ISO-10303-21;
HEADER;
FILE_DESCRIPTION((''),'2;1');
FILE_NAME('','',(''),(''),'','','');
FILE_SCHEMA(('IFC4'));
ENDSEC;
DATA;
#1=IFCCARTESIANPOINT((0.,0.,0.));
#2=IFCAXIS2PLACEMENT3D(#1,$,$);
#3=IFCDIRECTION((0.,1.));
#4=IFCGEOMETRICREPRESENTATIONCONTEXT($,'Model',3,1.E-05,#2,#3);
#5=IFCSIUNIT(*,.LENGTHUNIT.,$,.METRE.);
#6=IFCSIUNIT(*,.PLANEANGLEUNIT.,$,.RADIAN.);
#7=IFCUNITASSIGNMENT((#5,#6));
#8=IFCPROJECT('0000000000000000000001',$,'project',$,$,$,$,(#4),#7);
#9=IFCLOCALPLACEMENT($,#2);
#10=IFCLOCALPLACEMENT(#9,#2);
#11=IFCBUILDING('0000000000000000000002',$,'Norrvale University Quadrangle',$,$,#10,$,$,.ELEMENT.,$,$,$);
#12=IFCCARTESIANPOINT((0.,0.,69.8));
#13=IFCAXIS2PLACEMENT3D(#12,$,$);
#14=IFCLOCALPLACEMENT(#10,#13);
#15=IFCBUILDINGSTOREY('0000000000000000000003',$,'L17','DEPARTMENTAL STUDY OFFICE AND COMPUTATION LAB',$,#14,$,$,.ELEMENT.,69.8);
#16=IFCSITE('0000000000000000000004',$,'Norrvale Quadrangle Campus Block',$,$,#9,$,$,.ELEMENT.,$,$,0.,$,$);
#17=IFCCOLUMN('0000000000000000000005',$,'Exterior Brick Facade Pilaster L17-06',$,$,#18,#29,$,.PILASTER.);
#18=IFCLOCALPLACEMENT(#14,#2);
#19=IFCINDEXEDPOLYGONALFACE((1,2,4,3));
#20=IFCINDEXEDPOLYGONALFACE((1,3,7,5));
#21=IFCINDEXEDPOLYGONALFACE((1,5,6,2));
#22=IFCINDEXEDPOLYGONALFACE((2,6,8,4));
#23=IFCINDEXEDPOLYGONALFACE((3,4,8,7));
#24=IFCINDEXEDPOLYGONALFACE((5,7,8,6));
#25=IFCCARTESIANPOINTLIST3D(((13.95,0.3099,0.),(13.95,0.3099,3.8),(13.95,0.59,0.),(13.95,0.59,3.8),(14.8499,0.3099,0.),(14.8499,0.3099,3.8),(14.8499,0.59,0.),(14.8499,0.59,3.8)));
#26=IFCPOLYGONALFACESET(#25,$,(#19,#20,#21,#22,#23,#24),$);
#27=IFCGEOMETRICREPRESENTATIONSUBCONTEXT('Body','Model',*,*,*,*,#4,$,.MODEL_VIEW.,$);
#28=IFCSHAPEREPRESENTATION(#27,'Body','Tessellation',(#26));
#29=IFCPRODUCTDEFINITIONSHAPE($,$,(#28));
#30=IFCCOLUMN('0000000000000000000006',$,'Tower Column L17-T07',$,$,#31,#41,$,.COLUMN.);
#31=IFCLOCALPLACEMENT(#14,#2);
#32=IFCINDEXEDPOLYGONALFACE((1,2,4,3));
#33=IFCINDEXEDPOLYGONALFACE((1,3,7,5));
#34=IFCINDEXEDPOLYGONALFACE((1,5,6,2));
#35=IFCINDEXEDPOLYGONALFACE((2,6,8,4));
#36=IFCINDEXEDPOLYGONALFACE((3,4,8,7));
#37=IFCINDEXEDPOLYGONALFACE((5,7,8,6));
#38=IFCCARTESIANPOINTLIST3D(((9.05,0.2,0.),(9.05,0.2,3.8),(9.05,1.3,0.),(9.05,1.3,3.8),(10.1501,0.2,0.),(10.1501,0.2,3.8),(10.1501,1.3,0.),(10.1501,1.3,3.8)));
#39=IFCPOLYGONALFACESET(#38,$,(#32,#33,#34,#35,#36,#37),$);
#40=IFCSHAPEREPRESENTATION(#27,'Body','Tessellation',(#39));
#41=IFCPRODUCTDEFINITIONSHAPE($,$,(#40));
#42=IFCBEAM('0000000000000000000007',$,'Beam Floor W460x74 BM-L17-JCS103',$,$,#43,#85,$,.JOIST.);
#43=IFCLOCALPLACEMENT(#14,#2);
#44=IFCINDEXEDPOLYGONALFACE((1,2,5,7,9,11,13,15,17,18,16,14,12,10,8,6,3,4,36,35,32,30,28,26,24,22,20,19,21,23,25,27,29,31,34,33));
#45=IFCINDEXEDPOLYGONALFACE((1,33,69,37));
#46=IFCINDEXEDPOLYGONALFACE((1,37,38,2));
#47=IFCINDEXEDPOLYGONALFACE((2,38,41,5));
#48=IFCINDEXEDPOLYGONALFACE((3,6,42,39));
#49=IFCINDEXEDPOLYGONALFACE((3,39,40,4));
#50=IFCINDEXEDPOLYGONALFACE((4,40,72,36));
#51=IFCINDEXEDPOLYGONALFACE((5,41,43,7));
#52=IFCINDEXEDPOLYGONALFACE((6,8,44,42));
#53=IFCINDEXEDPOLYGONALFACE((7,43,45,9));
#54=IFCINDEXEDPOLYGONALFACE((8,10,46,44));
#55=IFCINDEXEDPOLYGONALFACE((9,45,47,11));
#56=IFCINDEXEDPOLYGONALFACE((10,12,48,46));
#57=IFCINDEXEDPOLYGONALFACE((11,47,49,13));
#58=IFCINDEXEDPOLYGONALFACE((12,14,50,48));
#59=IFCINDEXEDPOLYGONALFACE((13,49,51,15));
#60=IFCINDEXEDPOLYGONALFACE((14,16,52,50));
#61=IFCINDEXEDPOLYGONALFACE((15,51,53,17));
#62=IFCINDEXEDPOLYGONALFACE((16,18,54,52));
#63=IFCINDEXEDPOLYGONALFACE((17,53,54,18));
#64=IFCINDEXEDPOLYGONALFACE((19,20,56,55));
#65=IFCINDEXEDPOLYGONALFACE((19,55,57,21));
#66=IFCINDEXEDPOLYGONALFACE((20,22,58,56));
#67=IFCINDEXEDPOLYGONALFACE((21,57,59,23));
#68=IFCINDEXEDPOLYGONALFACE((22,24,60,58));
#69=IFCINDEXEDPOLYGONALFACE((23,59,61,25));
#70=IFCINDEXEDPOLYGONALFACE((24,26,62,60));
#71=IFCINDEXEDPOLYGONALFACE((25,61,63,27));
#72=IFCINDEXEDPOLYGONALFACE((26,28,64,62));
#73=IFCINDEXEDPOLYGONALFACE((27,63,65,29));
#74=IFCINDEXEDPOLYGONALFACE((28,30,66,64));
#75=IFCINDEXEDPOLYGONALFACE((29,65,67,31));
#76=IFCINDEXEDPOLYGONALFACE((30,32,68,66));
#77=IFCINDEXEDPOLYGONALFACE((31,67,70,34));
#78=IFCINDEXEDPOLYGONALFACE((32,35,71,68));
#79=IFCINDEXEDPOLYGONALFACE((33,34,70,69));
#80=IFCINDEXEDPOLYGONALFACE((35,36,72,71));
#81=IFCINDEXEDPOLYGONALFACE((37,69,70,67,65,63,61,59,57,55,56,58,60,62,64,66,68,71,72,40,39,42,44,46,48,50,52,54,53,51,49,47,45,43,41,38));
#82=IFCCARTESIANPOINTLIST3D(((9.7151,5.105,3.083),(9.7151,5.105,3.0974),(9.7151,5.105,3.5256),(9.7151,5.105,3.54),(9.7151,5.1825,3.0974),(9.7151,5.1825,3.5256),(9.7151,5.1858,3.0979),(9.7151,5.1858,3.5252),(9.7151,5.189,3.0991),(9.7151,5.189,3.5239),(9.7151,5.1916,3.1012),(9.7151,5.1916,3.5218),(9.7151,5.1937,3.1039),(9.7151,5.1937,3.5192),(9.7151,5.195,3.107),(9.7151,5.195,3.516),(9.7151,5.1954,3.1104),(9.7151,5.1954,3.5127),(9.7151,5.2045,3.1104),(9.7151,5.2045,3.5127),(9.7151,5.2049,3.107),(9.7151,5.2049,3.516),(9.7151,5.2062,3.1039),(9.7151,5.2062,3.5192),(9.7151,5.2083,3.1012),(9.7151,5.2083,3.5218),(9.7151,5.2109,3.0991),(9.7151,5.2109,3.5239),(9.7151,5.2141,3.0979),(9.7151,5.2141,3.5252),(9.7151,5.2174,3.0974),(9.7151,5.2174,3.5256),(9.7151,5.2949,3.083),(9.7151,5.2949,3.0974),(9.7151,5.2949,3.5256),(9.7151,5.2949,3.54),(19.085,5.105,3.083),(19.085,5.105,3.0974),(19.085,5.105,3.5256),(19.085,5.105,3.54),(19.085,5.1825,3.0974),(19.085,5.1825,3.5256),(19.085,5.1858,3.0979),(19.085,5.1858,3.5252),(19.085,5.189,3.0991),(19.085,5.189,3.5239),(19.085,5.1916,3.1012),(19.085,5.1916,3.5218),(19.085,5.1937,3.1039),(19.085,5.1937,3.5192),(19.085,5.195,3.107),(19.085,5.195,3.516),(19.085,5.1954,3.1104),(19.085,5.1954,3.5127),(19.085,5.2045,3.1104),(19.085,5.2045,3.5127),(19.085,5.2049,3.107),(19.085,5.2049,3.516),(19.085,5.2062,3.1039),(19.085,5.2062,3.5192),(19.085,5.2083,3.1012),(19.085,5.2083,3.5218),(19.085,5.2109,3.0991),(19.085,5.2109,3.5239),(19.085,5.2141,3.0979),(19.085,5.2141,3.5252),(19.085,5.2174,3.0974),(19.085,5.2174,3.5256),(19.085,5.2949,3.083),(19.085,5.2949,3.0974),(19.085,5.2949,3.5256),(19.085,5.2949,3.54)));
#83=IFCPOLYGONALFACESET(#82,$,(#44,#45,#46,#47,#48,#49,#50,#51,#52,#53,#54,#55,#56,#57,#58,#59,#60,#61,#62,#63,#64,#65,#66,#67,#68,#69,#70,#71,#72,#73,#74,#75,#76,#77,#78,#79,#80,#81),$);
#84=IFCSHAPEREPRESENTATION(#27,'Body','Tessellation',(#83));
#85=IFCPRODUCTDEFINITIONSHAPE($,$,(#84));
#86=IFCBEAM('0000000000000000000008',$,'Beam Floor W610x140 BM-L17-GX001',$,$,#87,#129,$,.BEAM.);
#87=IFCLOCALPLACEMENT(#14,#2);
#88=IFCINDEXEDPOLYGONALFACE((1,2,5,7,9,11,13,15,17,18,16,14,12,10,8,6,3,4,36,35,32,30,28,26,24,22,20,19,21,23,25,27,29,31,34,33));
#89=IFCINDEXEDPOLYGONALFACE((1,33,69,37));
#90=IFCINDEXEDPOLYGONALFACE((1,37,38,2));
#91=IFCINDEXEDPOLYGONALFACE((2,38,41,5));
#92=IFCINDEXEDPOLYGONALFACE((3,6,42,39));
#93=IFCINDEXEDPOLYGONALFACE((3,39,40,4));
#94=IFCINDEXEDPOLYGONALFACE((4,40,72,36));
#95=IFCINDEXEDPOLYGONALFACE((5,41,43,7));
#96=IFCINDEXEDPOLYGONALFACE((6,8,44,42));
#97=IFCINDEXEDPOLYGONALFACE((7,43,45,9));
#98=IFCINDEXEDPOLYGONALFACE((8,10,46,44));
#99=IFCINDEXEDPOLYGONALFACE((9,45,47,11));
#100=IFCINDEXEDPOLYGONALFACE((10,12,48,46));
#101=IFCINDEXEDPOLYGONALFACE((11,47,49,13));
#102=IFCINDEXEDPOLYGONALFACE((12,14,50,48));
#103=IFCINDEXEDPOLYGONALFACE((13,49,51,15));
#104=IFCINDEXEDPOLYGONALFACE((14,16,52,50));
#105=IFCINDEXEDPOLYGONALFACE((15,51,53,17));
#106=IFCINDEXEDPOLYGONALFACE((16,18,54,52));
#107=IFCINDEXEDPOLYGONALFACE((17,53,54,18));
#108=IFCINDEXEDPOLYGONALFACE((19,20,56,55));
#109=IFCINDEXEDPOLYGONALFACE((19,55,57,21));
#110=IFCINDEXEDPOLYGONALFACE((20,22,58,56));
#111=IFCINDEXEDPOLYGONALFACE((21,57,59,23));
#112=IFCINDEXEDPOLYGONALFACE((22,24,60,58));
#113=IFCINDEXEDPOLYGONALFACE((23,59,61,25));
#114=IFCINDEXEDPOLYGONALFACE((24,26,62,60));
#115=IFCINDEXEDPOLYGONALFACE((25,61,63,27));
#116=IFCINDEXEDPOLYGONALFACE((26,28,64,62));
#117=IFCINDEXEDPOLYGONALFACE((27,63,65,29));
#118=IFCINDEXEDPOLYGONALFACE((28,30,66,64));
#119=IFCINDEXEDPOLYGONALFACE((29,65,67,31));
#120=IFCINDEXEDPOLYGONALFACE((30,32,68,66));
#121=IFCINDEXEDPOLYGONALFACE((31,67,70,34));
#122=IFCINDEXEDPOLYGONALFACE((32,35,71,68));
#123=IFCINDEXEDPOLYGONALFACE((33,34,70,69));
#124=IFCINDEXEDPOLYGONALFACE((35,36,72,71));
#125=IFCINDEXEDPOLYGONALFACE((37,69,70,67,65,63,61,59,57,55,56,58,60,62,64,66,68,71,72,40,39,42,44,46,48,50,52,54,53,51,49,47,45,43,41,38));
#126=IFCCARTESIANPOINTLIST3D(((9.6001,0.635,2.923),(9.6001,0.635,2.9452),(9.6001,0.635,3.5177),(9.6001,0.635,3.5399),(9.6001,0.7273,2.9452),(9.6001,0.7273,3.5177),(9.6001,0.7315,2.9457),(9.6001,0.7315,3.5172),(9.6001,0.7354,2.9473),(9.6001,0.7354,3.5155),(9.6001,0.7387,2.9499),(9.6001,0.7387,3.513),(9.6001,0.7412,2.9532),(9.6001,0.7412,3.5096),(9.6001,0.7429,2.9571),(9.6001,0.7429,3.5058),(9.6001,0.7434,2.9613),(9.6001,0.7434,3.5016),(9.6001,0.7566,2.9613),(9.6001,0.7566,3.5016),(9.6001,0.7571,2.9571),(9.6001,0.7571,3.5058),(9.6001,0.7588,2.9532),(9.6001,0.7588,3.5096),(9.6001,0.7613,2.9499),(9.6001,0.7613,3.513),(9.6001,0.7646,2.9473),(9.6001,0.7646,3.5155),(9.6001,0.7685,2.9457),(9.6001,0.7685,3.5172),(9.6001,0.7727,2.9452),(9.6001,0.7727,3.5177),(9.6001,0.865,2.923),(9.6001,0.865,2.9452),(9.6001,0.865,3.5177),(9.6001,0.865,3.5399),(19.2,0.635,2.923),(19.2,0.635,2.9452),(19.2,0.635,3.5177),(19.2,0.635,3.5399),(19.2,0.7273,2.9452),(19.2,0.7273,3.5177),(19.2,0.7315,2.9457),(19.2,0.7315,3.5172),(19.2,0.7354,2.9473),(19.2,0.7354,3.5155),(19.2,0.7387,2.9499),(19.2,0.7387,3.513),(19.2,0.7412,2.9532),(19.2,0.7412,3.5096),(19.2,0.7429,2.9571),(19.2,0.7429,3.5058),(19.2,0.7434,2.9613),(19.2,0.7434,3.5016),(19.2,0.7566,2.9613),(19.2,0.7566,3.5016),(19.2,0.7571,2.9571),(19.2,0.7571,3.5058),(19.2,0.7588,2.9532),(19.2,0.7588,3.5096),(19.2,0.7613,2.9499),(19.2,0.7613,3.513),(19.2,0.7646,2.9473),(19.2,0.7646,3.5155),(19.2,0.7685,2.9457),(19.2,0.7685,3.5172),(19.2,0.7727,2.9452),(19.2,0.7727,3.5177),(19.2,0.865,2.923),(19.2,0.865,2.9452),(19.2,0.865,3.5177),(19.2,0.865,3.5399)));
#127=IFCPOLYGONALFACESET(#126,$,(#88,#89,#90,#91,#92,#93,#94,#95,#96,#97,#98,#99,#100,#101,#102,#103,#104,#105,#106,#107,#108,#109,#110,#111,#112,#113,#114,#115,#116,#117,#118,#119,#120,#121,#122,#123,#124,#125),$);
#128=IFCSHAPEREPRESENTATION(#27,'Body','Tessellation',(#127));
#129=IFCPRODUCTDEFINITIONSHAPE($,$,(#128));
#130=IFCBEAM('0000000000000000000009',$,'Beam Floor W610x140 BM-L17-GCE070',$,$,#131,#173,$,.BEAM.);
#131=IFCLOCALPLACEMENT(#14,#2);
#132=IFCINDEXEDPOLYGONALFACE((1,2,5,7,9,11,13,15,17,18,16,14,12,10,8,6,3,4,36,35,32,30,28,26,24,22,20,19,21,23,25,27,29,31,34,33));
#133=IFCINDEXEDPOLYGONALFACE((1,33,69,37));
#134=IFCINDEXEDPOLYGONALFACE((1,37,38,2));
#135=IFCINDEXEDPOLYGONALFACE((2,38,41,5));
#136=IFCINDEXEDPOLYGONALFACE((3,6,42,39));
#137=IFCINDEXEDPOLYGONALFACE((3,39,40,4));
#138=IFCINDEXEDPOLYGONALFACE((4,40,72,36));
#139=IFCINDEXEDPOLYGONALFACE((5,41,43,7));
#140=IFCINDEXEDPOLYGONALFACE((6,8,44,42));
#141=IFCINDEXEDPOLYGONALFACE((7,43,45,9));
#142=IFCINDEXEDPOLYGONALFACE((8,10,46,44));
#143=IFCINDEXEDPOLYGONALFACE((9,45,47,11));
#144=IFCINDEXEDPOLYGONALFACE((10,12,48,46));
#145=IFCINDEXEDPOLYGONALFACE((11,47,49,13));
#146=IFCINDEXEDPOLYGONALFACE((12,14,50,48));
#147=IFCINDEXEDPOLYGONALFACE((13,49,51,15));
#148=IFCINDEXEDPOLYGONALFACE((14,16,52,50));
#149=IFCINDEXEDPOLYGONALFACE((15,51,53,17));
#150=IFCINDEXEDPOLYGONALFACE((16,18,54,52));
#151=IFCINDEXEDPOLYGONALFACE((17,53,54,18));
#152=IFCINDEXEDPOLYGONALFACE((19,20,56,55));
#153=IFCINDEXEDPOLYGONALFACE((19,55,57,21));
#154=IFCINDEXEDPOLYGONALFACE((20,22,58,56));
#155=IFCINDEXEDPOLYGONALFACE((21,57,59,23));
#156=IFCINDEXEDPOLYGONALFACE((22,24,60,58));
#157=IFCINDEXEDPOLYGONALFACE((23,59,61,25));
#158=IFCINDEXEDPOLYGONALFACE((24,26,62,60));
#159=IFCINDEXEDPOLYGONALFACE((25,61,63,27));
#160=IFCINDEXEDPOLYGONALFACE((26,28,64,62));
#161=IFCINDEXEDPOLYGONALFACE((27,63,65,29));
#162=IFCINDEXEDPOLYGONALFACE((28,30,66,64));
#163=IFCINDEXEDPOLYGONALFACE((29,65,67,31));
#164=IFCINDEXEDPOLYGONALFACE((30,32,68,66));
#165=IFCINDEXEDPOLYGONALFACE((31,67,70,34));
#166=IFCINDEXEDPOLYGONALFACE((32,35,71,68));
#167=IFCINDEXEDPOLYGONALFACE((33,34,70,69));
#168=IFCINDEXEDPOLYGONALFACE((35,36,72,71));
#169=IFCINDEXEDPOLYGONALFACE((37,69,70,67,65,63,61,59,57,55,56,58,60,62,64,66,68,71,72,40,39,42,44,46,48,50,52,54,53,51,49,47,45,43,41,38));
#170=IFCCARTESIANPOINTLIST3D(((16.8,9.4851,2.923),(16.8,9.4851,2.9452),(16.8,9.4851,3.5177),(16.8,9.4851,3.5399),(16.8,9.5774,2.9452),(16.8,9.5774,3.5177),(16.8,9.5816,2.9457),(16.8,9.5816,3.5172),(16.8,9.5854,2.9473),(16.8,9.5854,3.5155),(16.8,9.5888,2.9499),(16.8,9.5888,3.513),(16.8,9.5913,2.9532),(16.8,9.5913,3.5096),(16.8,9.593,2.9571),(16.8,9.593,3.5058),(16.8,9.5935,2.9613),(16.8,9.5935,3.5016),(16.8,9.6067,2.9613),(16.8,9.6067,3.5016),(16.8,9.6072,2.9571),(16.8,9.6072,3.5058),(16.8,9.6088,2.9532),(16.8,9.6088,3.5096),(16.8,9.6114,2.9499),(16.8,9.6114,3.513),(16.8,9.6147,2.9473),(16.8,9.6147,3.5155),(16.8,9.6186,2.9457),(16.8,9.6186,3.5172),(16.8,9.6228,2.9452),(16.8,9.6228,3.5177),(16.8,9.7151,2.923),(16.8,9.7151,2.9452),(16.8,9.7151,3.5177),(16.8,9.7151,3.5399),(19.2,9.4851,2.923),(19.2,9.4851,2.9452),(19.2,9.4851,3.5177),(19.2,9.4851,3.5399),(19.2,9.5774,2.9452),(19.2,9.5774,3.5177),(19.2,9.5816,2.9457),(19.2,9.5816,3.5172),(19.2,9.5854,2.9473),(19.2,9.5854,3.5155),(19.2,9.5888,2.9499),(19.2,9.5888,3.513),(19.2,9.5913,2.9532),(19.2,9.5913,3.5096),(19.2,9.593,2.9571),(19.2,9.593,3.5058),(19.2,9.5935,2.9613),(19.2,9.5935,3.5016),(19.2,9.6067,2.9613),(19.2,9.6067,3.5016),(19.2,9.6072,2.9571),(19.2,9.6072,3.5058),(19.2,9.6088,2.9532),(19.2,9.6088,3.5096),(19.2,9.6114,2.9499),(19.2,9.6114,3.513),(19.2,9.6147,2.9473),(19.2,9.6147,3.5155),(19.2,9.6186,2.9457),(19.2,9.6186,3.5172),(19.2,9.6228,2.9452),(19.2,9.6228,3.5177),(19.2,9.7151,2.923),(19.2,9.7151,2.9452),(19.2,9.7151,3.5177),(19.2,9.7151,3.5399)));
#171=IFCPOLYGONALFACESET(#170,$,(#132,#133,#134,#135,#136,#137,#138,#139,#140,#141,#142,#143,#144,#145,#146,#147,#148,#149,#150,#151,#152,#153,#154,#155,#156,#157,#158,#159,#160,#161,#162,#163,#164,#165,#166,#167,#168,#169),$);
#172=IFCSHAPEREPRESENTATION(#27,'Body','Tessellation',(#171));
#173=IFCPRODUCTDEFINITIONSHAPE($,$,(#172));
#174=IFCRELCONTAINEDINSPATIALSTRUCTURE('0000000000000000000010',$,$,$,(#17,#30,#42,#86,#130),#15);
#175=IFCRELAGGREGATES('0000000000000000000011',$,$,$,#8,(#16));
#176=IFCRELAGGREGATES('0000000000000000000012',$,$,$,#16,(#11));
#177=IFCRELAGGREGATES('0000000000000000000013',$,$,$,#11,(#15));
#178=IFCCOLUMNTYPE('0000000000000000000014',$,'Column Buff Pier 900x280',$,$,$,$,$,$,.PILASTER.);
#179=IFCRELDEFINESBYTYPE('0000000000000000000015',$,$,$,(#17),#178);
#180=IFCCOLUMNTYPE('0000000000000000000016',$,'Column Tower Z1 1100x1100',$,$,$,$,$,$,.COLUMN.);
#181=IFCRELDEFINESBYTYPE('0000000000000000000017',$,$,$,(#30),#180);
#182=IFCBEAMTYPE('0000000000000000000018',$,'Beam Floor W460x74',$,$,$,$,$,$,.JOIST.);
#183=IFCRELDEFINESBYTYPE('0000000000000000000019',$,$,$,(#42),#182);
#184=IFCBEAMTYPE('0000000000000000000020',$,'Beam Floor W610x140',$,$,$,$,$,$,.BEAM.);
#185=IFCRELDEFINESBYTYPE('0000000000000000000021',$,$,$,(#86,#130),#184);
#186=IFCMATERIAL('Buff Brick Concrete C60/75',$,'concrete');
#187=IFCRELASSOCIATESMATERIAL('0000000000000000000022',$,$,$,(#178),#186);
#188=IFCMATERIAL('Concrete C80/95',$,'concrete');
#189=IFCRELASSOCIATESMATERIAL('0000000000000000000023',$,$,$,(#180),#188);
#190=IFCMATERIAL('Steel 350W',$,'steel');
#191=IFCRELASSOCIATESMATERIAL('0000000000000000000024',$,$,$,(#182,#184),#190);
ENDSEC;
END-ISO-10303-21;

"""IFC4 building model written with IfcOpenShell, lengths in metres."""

from ifc_helpers import new_model, si_unit, direction, frame, origin, origin_2d, place, context, subcontext, project, spatial, rectangle, i_section, extrude, material, material_profile, profile_set, type_object, element, save


model = new_model("IFC4")

# Units and contexts
model_context = context("Model", 3, precision=1e-05, world=origin(), true_north=direction((0.0, 1.0)))
body_context = subcontext(model_context, "Body", "Model", "MODEL_VIEW")
ifc_project = project(units=[si_unit("LENGTHUNIT", "METRE"), si_unit("PLANEANGLEUNIT", "RADIAN")], contexts=[model_context])

# Site, building, storey
site_placement = place(None, origin())
site = spatial("IfcSite", under=ifc_project, at=site_placement, Name="Norrvale Quadrangle Campus Block", CompositionType="ELEMENT", RefElevation=0.0)
building_placement = place(site_placement, origin())
building = spatial("IfcBuilding", under=site, at=building_placement, Name="Norrvale University Quadrangle", CompositionType="ELEMENT")
storey_placement = place(building_placement, frame((0.0, 0.0, 69.8)))
storey = spatial("IfcBuildingStorey", under=building, at=storey_placement, Name="L17", Description="DEPARTMENTAL STUDY OFFICE AND COMPUTATION LAB", CompositionType="ELEMENT", Elevation=69.8)

# Columns
ifc_material_1 = material(Name="Buff Brick Concrete C60/75", Category="concrete")
ifc_material_profile_1 = material_profile(ifc_material_1, rectangle(XDim=0.8999, YDim=0.28, at=origin_2d()), Name="Buff Brick Concrete C60/75")
ifc_profile_set_1 = profile_set([ifc_material_profile_1], Name="Buff Brick Concrete C60/75")
column_type_1 = type_object("IfcColumnType", Name="Column Buff Pier 900x280", PredefinedType="PILASTER", material=ifc_profile_set_1)
column_1_placement = place(storey_placement, frame((14.3999, 0.45, 0.0), z_axis=(0.0, 0.0, 1.0), x_axis=(1.0, 0.0, 0.0)))
element("IfcColumn", 1, at=column_1_placement, inside=storey, type_object=column_type_1, Name="Exterior Brick Facade Pilaster L17-06", PredefinedType="PILASTER", context=body_context, shape_type="SweptSolid", body=[
    extrude(rectangle(XDim=0.8999, YDim=0.28, at=origin_2d()), origin(), (0.0, 0.0, 1.0), 3.8),
])
ifc_material_2 = material(Name="Concrete C80/95", Category="concrete")
ifc_material_profile_2 = material_profile(ifc_material_2, rectangle(XDim=1.1001, YDim=1.1001, at=origin_2d()), Name="Concrete C80/95")
ifc_profile_set_2 = profile_set([ifc_material_profile_2], Name="Concrete C80/95")
column_type_2 = type_object("IfcColumnType", Name="Column Tower Z1 1100x1100", PredefinedType="COLUMN", material=ifc_profile_set_2)
column_2_placement = place(storey_placement, frame((9.6001, 0.75, 0.0), z_axis=(0.0, 0.0, 1.0), x_axis=(1.0, 0.0, 0.0)))
element("IfcColumn", 2, at=column_2_placement, inside=storey, type_object=column_type_2, Name="Tower Column L17-T07", PredefinedType="COLUMN", context=body_context, shape_type="SweptSolid", body=[
    extrude(rectangle(XDim=1.1001, YDim=1.1001, at=origin_2d()), origin(), (0.0, 0.0, 1.0), 3.8),
])

# Beams
ifc_material_3 = material(Name="Steel 350W", Category="steel")
ifc_material_profile_3 = material_profile(ifc_material_3, i_section(OverallWidth=0.1899, OverallDepth=0.457, WebThickness=0.009, FlangeThickness=0.0144, FilletRadius=0.0129, at=origin_2d()), Name="Steel 350W")
ifc_profile_set_3 = profile_set([ifc_material_profile_3], Name="Steel 350W")
beam_type_1 = type_object("IfcBeamType", Name="Beam Floor W460x74", PredefinedType="JOIST", material=ifc_profile_set_3)
beam_1_placement = place(storey_placement, frame((9.7151, 5.2, 3.3115), z_axis=(1.0, 0.0, 0.0), x_axis=(0.0, 1.0, 0.0)))
element("IfcBeam", 3, at=beam_1_placement, inside=storey, type_object=beam_type_1, Name="Beam Floor W460x74 BM-L17-JCS103", PredefinedType="JOIST", context=body_context, shape_type="SweptSolid", body=[
    extrude(i_section(OverallWidth=0.1899, OverallDepth=0.457, WebThickness=0.009, FlangeThickness=0.0144, FilletRadius=0.0129, at=origin_2d()), origin(), (0.0, 0.0, 1.0), 9.3699),
])
ifc_material_profile_4 = material_profile(ifc_material_3, i_section(OverallWidth=0.23, OverallDepth=0.6169, WebThickness=0.0132, FlangeThickness=0.0222, FilletRadius=0.0161, at=origin_2d()), Name="Steel 350W")
ifc_profile_set_4 = profile_set([ifc_material_profile_4], Name="Steel 350W")
beam_type_2 = type_object("IfcBeamType", Name="Beam Floor W610x140", PredefinedType="BEAM", material=ifc_profile_set_4)
beam_2_placement = place(storey_placement, frame((9.6001, 0.75, 3.2314), z_axis=(1.0, 0.0, 0.0), x_axis=(0.0, 1.0, 0.0)))
element("IfcBeam", 4, at=beam_2_placement, inside=storey, type_object=beam_type_2, Name="Beam Floor W610x140 BM-L17-GX001", PredefinedType="BEAM", context=body_context, shape_type="SweptSolid", body=[
    extrude(i_section(OverallWidth=0.23, OverallDepth=0.6169, WebThickness=0.0132, FlangeThickness=0.0222, FilletRadius=0.0161, at=origin_2d()), origin(), (0.0, 0.0, 1.0), 9.5999),
])
beam_3_placement = place(storey_placement, frame((16.8, 9.6001, 3.2314), z_axis=(1.0, 0.0, 0.0), x_axis=(0.0, 1.0, 0.0)))
element("IfcBeam", 5, at=beam_3_placement, inside=storey, type_object=beam_type_2, Name="Beam Floor W610x140 BM-L17-GCE070", PredefinedType="BEAM", context=body_context, shape_type="SweptSolid", body=[
    extrude(i_section(OverallWidth=0.23, OverallDepth=0.6169, WebThickness=0.0132, FlangeThickness=0.0222, FilletRadius=0.0161, at=origin_2d()), origin(), (0.0, 0.0, 1.0), 2.3999),
])

save(model, "model.ifc")
